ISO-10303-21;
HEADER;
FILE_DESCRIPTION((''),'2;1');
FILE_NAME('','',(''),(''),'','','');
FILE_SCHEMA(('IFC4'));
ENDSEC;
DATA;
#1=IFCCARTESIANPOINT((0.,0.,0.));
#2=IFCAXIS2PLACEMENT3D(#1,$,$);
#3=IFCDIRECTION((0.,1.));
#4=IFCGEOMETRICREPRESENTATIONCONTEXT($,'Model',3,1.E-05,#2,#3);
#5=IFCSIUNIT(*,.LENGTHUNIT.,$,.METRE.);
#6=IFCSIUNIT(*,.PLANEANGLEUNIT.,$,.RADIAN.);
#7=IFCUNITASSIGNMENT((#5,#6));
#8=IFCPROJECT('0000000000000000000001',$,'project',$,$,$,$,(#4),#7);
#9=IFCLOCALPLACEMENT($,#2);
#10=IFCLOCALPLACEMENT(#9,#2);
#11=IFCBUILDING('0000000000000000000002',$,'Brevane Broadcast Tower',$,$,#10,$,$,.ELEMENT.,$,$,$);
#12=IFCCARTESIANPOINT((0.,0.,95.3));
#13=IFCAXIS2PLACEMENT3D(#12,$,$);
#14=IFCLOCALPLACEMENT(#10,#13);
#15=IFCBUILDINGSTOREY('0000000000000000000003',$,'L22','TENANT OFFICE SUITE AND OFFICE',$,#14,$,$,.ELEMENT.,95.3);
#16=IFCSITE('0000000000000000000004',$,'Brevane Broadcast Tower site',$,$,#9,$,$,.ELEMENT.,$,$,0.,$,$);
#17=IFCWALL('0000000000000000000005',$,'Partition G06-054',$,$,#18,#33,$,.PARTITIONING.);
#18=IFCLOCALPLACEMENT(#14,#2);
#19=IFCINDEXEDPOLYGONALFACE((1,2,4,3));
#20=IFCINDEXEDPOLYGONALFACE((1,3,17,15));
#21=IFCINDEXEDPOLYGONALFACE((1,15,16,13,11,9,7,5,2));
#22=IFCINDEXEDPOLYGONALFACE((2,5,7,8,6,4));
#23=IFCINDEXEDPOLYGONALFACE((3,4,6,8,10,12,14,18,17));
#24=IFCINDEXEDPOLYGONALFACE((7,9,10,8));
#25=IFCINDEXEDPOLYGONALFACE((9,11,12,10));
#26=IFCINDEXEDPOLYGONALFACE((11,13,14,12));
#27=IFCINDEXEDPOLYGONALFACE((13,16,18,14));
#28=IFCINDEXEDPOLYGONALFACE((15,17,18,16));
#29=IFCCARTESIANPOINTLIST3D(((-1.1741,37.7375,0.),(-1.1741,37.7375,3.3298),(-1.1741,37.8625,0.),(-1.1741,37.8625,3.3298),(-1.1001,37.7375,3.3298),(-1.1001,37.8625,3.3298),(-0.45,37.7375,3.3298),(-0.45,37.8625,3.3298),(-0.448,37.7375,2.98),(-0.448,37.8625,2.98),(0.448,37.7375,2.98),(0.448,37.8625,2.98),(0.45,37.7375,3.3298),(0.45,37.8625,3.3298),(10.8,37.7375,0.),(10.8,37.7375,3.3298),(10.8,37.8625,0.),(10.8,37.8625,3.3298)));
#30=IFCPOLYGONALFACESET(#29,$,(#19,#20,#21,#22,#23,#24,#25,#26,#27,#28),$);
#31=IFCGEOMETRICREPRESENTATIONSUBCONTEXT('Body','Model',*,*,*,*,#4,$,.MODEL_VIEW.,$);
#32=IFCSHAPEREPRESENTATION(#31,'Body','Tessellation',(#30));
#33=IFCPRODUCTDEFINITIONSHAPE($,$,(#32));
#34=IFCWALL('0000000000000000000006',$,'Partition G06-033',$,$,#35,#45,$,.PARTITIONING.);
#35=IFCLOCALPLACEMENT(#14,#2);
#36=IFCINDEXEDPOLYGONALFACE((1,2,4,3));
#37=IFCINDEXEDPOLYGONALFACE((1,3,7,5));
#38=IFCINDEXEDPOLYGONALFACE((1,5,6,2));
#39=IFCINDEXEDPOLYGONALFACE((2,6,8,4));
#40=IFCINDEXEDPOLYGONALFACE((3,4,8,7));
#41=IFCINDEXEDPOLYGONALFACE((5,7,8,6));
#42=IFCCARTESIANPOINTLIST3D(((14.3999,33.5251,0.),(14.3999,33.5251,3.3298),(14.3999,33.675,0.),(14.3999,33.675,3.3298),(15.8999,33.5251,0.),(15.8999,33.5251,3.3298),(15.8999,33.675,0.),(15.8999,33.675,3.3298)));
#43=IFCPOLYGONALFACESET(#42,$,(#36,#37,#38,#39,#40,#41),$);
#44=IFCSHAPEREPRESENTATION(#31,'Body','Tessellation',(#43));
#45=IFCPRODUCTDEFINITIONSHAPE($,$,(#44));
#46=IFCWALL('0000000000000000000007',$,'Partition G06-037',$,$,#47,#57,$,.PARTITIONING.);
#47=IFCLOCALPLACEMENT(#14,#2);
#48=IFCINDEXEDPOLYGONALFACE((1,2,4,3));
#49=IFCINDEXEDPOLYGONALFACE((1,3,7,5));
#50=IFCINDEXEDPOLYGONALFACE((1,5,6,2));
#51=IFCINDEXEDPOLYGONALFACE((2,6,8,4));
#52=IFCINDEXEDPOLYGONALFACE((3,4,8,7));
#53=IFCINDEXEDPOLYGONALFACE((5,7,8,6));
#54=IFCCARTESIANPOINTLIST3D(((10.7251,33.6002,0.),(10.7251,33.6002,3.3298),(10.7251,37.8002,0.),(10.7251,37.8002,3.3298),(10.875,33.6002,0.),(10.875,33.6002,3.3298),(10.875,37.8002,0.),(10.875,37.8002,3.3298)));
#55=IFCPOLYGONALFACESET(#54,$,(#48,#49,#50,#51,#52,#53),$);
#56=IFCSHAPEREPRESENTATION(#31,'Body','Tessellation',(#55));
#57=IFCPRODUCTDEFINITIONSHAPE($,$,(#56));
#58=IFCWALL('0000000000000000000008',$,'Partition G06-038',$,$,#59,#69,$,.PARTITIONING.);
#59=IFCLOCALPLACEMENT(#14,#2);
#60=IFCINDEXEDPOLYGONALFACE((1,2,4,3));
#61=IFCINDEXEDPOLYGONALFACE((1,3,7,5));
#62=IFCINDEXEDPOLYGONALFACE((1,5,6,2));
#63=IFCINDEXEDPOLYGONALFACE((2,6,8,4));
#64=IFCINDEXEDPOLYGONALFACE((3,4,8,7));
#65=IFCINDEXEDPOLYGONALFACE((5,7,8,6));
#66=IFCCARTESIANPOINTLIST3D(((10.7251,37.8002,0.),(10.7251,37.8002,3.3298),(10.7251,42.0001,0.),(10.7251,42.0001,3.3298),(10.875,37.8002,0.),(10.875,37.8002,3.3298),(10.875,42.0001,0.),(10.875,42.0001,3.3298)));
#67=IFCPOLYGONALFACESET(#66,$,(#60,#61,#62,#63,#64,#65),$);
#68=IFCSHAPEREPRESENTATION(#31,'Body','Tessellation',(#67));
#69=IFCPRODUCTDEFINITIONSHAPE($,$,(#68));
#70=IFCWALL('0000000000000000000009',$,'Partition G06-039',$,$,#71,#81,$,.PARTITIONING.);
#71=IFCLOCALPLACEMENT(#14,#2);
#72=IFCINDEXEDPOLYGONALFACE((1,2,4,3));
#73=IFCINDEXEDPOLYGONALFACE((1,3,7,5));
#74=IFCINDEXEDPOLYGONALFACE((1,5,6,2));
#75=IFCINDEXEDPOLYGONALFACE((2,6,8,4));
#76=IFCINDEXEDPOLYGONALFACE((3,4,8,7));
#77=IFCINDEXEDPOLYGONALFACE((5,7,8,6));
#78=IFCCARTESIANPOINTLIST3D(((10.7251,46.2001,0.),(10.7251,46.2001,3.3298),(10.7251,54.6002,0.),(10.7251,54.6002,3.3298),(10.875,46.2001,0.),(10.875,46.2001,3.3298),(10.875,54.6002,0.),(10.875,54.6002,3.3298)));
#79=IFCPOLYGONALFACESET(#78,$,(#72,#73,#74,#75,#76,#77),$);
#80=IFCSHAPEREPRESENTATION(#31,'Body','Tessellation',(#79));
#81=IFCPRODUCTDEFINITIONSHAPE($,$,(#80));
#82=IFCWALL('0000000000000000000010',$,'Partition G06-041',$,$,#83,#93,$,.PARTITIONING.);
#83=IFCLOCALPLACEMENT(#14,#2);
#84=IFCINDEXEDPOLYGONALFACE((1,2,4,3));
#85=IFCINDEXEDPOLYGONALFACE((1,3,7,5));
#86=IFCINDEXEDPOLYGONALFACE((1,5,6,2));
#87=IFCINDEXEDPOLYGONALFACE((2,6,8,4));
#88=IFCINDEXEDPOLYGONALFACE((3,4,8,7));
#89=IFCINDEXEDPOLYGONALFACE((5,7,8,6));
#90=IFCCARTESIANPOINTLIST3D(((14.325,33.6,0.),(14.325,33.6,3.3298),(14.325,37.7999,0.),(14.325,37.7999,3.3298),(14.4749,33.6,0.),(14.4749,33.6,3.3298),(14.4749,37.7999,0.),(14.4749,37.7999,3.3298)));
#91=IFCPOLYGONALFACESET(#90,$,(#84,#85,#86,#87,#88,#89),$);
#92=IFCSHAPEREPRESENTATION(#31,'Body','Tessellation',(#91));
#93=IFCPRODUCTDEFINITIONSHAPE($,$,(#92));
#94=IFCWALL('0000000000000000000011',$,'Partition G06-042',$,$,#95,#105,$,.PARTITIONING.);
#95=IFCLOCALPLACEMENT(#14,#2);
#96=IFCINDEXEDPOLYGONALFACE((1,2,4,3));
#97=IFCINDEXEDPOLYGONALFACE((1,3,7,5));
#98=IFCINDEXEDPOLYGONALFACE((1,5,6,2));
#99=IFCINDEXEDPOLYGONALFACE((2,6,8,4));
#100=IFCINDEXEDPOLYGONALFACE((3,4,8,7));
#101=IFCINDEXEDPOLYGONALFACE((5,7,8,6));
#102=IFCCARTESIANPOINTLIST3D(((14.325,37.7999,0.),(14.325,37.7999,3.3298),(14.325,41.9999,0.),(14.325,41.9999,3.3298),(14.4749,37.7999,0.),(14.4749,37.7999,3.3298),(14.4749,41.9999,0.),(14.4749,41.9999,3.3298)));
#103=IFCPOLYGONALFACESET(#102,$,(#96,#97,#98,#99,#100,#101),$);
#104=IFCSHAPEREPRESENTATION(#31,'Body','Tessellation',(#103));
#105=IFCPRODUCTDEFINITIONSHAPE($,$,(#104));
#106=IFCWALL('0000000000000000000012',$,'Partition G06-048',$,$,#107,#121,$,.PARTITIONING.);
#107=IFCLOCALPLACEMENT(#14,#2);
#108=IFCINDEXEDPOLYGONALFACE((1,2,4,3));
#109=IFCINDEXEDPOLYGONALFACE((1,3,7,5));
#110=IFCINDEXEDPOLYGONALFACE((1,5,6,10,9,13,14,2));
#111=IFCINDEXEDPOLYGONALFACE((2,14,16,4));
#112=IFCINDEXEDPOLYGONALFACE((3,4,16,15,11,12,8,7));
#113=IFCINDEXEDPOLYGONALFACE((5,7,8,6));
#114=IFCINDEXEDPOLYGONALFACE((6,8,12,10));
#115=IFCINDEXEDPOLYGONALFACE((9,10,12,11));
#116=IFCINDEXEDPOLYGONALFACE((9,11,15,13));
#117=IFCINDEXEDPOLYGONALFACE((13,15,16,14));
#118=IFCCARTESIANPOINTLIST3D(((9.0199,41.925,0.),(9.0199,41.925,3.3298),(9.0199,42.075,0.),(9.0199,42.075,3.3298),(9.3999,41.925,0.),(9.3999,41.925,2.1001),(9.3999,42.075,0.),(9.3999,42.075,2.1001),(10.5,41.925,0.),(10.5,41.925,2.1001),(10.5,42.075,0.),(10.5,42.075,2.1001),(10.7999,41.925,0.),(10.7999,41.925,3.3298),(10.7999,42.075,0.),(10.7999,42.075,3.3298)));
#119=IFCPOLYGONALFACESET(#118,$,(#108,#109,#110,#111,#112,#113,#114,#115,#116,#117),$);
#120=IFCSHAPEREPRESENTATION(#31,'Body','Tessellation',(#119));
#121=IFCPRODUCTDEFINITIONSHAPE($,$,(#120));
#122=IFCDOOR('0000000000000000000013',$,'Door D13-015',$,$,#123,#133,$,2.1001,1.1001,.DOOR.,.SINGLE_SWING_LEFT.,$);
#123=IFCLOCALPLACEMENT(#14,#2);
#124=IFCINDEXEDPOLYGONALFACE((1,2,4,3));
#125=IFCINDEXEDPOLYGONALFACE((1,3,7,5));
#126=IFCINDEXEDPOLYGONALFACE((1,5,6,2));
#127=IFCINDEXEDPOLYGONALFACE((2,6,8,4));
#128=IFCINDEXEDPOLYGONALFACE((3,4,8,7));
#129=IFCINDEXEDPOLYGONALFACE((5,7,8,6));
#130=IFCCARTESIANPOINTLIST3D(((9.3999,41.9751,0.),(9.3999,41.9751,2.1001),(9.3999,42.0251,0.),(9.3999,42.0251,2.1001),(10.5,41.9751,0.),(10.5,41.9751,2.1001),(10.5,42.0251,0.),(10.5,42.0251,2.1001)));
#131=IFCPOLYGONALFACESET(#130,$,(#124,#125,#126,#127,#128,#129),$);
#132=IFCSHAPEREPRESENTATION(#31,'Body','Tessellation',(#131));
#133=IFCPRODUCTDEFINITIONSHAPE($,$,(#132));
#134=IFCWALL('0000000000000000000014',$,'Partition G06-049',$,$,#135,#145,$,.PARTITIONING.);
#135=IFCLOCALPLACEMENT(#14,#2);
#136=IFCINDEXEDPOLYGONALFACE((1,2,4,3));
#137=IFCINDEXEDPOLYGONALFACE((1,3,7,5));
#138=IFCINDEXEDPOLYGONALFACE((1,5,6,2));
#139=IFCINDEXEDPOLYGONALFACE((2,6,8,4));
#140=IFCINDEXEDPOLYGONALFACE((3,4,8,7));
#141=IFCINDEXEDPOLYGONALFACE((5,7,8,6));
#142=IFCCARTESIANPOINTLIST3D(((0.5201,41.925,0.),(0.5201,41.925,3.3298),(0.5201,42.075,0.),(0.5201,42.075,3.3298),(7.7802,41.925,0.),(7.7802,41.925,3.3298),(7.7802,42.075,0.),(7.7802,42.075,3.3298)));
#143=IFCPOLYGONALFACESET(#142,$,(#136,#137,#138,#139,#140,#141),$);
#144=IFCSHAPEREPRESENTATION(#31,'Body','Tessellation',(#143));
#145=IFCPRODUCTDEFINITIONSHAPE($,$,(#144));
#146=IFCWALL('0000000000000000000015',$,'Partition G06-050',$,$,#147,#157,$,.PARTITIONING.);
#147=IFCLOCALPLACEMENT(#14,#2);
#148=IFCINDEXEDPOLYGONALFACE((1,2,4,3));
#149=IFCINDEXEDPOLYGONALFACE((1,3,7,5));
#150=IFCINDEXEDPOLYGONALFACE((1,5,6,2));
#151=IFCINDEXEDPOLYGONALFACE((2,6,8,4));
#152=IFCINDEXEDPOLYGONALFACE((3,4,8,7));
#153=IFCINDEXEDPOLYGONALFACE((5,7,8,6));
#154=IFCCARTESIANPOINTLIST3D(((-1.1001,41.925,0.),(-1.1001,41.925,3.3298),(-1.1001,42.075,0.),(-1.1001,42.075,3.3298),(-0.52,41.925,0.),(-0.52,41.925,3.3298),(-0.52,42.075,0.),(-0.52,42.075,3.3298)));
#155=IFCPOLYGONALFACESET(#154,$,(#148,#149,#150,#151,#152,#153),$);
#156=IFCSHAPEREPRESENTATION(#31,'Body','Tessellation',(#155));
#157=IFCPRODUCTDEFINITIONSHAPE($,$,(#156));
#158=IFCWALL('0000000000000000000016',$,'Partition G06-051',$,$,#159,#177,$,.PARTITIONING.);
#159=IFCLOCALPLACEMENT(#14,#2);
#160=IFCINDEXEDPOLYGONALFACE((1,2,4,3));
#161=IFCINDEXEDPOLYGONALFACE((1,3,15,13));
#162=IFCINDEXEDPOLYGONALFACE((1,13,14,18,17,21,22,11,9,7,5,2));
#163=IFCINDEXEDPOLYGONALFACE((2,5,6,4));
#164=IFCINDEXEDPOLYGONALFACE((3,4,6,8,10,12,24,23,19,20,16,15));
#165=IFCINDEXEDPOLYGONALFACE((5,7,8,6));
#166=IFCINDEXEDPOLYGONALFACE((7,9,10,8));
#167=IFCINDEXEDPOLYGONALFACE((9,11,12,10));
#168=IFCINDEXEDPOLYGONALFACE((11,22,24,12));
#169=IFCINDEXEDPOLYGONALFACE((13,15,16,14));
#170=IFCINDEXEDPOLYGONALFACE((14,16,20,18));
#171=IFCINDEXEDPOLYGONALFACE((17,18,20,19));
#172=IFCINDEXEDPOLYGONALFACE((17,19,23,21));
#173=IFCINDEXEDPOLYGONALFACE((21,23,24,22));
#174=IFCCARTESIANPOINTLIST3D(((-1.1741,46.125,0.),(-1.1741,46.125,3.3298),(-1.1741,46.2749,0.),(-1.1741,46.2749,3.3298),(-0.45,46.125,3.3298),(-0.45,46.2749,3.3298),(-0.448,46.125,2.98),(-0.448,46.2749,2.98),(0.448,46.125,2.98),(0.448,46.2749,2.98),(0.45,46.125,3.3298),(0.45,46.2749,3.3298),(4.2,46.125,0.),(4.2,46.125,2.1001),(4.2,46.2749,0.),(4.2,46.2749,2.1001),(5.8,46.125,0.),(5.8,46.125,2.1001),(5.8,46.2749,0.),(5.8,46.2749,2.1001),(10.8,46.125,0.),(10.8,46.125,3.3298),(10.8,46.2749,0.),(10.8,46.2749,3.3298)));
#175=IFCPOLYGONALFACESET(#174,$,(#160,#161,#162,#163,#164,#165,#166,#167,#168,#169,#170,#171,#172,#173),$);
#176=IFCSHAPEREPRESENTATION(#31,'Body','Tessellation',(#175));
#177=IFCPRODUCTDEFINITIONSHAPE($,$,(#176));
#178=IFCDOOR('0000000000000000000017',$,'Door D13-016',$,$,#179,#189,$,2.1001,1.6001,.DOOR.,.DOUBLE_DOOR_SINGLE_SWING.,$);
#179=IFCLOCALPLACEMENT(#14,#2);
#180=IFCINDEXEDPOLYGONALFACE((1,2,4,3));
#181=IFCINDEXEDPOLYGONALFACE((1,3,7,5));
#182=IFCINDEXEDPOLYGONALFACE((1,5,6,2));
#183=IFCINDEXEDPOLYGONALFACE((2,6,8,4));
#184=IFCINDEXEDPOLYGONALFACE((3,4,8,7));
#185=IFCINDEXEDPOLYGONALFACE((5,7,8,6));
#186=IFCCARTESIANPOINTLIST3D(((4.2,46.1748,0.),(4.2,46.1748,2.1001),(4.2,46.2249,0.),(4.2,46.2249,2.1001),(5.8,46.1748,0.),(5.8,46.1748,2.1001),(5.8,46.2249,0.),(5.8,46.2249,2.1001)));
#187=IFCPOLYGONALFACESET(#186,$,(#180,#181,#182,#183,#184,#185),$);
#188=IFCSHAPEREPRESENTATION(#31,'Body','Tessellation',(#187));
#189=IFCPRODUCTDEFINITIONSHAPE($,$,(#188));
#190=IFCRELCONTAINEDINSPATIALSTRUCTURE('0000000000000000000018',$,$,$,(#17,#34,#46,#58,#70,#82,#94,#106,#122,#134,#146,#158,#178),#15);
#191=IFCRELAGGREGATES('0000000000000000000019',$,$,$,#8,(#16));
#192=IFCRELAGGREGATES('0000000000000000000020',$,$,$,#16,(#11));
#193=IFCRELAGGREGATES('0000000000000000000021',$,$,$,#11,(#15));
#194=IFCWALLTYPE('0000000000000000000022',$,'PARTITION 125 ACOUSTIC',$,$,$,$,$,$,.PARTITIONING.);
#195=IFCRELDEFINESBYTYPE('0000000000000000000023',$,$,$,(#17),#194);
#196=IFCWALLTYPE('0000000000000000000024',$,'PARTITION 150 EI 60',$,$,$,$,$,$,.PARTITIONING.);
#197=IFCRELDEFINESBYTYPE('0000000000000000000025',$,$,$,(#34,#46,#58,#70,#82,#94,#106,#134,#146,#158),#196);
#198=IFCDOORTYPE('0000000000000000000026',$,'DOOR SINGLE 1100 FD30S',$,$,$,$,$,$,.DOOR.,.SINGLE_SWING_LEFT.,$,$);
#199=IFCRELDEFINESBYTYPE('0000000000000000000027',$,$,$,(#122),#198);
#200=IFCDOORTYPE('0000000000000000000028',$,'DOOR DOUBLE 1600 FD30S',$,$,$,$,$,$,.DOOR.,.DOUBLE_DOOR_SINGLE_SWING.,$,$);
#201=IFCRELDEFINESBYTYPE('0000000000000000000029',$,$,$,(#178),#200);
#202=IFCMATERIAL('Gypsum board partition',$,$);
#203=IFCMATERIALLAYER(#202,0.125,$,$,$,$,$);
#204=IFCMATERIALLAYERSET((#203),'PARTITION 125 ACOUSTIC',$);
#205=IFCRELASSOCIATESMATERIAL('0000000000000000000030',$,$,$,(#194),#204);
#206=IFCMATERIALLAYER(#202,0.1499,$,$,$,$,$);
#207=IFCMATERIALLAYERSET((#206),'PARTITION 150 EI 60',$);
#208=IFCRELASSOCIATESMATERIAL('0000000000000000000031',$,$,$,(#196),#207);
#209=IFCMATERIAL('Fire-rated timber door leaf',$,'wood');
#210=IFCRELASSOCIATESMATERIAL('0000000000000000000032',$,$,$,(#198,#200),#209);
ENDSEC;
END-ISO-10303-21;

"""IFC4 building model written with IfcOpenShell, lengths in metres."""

from ifc_helpers import new_model, si_unit, direction, frame, frame_2d, origin, place, context, subcontext, project, spatial, polyline, rectangle, outline, extrude, material, layer, layer_set, type_object, element, fill, save


model = new_model("IFC4")

# Units and contexts
model_context = context("Model", 3, precision=1e-05, world=origin(), true_north=direction((0.0, 1.0)))
body_context = subcontext(model_context, "Body", "Model", "MODEL_VIEW")
ifc_project = project(units=[si_unit("LENGTHUNIT", "METRE"), si_unit("PLANEANGLEUNIT", "RADIAN")], contexts=[model_context])

# Site, building, storey
site_placement = place(None, origin())
site = spatial("IfcSite", under=ifc_project, at=site_placement, Name="Brevane Broadcast Tower site", CompositionType="ELEMENT", RefElevation=0.0)
building_placement = place(site_placement, origin())
building = spatial("IfcBuilding", under=site, at=building_placement, Name="Brevane Broadcast Tower", CompositionType="ELEMENT")
storey_placement = place(building_placement, frame((0.0, 0.0, 95.3)))
storey = spatial("IfcBuildingStorey", under=building, at=storey_placement, Name="L22", Description="TENANT OFFICE SUITE AND OFFICE", CompositionType="ELEMENT", Elevation=95.3)

# Walls
ifc_material_1 = material(Name="Gypsum board partition")
ifc_layer_1 = layer(ifc_material_1, 0.125)
ifc_layer_set_1 = layer_set([ifc_layer_1], Name="PARTITION 125 ACOUSTIC")
wall_type_1 = type_object("IfcWallType", Name="PARTITION 125 ACOUSTIC", PredefinedType="PARTITIONING", material=ifc_layer_set_1)
wall_1_placement = place(storey_placement, frame((-1.1741, 37.8, 0.0), z_axis=(0.0, 0.0, 1.0), x_axis=(1.0, 0.0, 0.0)))
element("IfcWall", 1, at=wall_1_placement, inside=storey, type_object=wall_type_1, Name="Partition G06-054", PredefinedType="PARTITIONING", context=body_context, shape_type="SweptSolid", body=[
    extrude(outline(polyline([(0.0, 0.0), (11.9741, 0.0), (11.9741, 3.3298), (1.624, 3.3298), (1.6221, 2.98), (0.7261, 2.98), (0.7241, 3.3298), (0.074, 3.3298), (0.0, 3.3298), (0.0, 0.0)])), frame((0.0, 0.0625, 0.0), z_axis=(0.0, -1.0, 0.0), x_axis=(1.0, 0.0, 0.0)), (0.0, 0.0, 1.0), 0.125),
])
ifc_layer_2 = layer(ifc_material_1, 0.1499)
ifc_layer_set_2 = layer_set([ifc_layer_2], Name="PARTITION 150 EI 60")
wall_type_2 = type_object("IfcWallType", Name="PARTITION 150 EI 60", PredefinedType="PARTITIONING", material=ifc_layer_set_2)
wall_2_placement = place(storey_placement, frame((14.3999, 33.6001, 0.0), z_axis=(0.0, 0.0, 1.0), x_axis=(1.0, 0.0, 0.0)))
element("IfcWall", 2, at=wall_2_placement, inside=storey, type_object=wall_type_2, Name="Partition G06-033", PredefinedType="PARTITIONING", context=body_context, shape_type="SweptSolid", body=[
    extrude(rectangle(XDim=1.5, YDim=0.1499, at=frame_2d((0.75, 0.0))), origin(), (0.0, 0.0, 1.0), 3.3298),
])
for number, where, z_axis, x_axis, name in (
    (3, (10.8, 33.6001, 0.0), (0.0, 0.0, 1.0), (0.0, 1.0, 0.0), "Partition G06-037"),
    (4, (10.8, 37.8, 0.0), (0.0, 0.0, 1.0), (0.0, 1.0, 0.0), "Partition G06-038"),
):
    element("IfcWall", number, at=place(storey_placement, frame(where, z_axis=z_axis, x_axis=x_axis)), inside=storey, type_object=wall_type_2, Name=name, PredefinedType="PARTITIONING", context=body_context, shape_type="SweptSolid", body=[
        extrude(rectangle(XDim=4.2, YDim=0.1499, at=frame_2d((2.1001, 0.0))), origin(), (0.0, 0.0, 1.0), 3.3298),
    ])
wall_3_placement = place(storey_placement, frame((10.8, 46.2, 0.0), z_axis=(0.0, 0.0, 1.0), x_axis=(0.0, 1.0, 0.0)))
element("IfcWall", 5, at=wall_3_placement, inside=storey, type_object=wall_type_2, Name="Partition G06-039", PredefinedType="PARTITIONING", context=body_context, shape_type="SweptSolid", body=[
    extrude(rectangle(XDim=8.4001, YDim=0.1499, at=frame_2d((4.2002, 0.0))), origin(), (0.0, 0.0, 1.0), 3.3298),
])
for number, where, z_axis, x_axis, name in (
    (6, (14.3999, 37.8, 0.0), (0.0, 0.0, 1.0), (0.0, -1.0, 0.0), "Partition G06-041"),
    (7, (14.3999, 42.0, 0.0), (0.0, 0.0, 1.0), (0.0, -1.0, 0.0), "Partition G06-042"),
):
    element("IfcWall", number, at=place(storey_placement, frame(where, z_axis=z_axis, x_axis=x_axis)), inside=storey, type_object=wall_type_2, Name=name, PredefinedType="PARTITIONING", context=body_context, shape_type="SweptSolid", body=[
        extrude(rectangle(XDim=4.2, YDim=0.1499, at=frame_2d((2.1001, 0.0))), origin(), (0.0, 0.0, 1.0), 3.3298),
    ])

# Wall, opening, door
wall_4_placement = place(storey_placement, frame((10.8, 42.0, 0.0), z_axis=(0.0, 0.0, 1.0), x_axis=(-1.0, 0.0, 0.0)))
wall_4 = element("IfcWall", 8, at=wall_4_placement, inside=storey, type_object=wall_type_2, Name="Partition G06-048", PredefinedType="PARTITIONING", context=body_context, shape_type="SweptSolid", body=[
    extrude(rectangle(XDim=1.78, YDim=0.1499, at=frame_2d((0.8901, 0.0))), origin(), (0.0, 0.0, 1.0), 3.3298),
])
opening_1_placement = place(wall_4_placement, frame((0.3, 0.0, 0.0)))
opening_1 = element("IfcOpeningElement", 9, at=opening_1_placement, cuts=wall_4, PredefinedType="OPENING", context=body_context, shape_type="SweptSolid", body=[
    extrude(rectangle(XDim=1.1001, YDim=2.1001, at=frame_2d((0.55, 1.05))), frame((0.0, 0.085, 0.0), z_axis=(0.0, -1.0, 0.0), x_axis=(1.0, 0.0, 0.0)), (0.0, 0.0, 1.0), 0.1699),
])
ifc_material_2 = material(Name="Fire-rated timber door leaf", Category="wood")
door_type_1 = type_object("IfcDoorType", Name="DOOR SINGLE 1100 FD30S", OperationType="SINGLE_SWING_LEFT", PredefinedType="DOOR", material=ifc_material_2)
door_1_placement = place(opening_1_placement, origin())
door_1 = element("IfcDoor", 10, at=door_1_placement, inside=storey, type_object=door_type_1, Name="Door D13-015", OperationType="SINGLE_SWING_LEFT", OverallHeight=2.1001, OverallWidth=1.1001, PredefinedType="DOOR", context=body_context, shape_type="SweptSolid", body=[
    extrude(rectangle(XDim=1.1001, YDim=2.1001, at=frame_2d((0.55, 1.05))), frame((0.0, 0.0249, 0.0), z_axis=(0.0, -1.0, 0.0), x_axis=(1.0, 0.0, 0.0)), (0.0, 0.0, 1.0), 0.05),
])
fill(opening_1, door_1)

# Walls
wall_5_placement = place(storey_placement, frame((7.78, 42.0, 0.0), z_axis=(0.0, 0.0, 1.0), x_axis=(-1.0, 0.0, 0.0)))
element("IfcWall", 11, at=wall_5_placement, inside=storey, type_object=wall_type_2, Name="Partition G06-049", PredefinedType="PARTITIONING", context=body_context, shape_type="SweptSolid", body=[
    extrude(rectangle(XDim=7.26, YDim=0.1499, at=frame_2d((3.6299, 0.0))), origin(), (0.0, 0.0, 1.0), 3.3298),
])
wall_6_placement = place(storey_placement, frame((-0.52, 42.0, 0.0), z_axis=(0.0, 0.0, 1.0), x_axis=(-1.0, 0.0, 0.0)))
element("IfcWall", 12, at=wall_6_placement, inside=storey, type_object=wall_type_2, Name="Partition G06-050", PredefinedType="PARTITIONING", context=body_context, shape_type="SweptSolid", body=[
    extrude(rectangle(XDim=0.5801, YDim=0.1499, at=frame_2d((0.29, 0.0))), origin(), (0.0, 0.0, 1.0), 3.3298),
])

# Wall, opening, door
wall_7_placement = place(storey_placement, frame((-1.1741, 46.2, 0.0), z_axis=(0.0, 0.0, 1.0), x_axis=(1.0, 0.0, 0.0)))
wall_7 = element("IfcWall", 13, at=wall_7_placement, inside=storey, type_object=wall_type_2, Name="Partition G06-051", PredefinedType="PARTITIONING", context=body_context, shape_type="SweptSolid", body=[
    extrude(outline(polyline([(0.0, 0.0), (11.9741, 0.0), (11.9741, 3.3298), (1.624, 3.3298), (1.6221, 2.98), (0.7261, 2.98), (0.7241, 3.3298), (0.074, 3.3298), (0.0, 3.3298), (0.0, 0.0)])), frame((0.0, 0.075, 0.0), z_axis=(0.0, -1.0, 0.0), x_axis=(1.0, 0.0, 0.0)), (0.0, 0.0, 1.0), 0.1499),
])
opening_2_placement = place(wall_7_placement, frame((5.374, 0.0, 0.0)))
opening_2 = element("IfcOpeningElement", 14, at=opening_2_placement, cuts=wall_7, PredefinedType="OPENING", context=body_context, shape_type="SweptSolid", body=[
    extrude(rectangle(XDim=1.6001, YDim=2.1001, at=frame_2d((0.8, 1.05))), frame((0.0, 0.085, 0.0), z_axis=(0.0, -1.0, 0.0), x_axis=(1.0, 0.0, 0.0)), (0.0, 0.0, 1.0), 0.1699),
])
door_type_2 = type_object("IfcDoorType", Name="DOOR DOUBLE 1600 FD30S", OperationType="DOUBLE_DOOR_SINGLE_SWING", PredefinedType="DOOR", material=ifc_material_2)
door_2_placement = place(opening_2_placement, origin())
door_2 = element("IfcDoor", 15, at=door_2_placement, inside=storey, type_object=door_type_2, Name="Door D13-016", OperationType="DOUBLE_DOOR_SINGLE_SWING", OverallHeight=2.1001, OverallWidth=1.6001, PredefinedType="DOOR", context=body_context, shape_type="SweptSolid", body=[
    extrude(rectangle(XDim=1.6001, YDim=2.1001, at=frame_2d((0.8, 1.05))), frame((0.0, 0.0249, 0.0), z_axis=(0.0, -1.0, 0.0), x_axis=(1.0, 0.0, 0.0)), (0.0, 0.0, 1.0), 0.05),
])
fill(opening_2, door_2)

save(model, "model.ifc")
